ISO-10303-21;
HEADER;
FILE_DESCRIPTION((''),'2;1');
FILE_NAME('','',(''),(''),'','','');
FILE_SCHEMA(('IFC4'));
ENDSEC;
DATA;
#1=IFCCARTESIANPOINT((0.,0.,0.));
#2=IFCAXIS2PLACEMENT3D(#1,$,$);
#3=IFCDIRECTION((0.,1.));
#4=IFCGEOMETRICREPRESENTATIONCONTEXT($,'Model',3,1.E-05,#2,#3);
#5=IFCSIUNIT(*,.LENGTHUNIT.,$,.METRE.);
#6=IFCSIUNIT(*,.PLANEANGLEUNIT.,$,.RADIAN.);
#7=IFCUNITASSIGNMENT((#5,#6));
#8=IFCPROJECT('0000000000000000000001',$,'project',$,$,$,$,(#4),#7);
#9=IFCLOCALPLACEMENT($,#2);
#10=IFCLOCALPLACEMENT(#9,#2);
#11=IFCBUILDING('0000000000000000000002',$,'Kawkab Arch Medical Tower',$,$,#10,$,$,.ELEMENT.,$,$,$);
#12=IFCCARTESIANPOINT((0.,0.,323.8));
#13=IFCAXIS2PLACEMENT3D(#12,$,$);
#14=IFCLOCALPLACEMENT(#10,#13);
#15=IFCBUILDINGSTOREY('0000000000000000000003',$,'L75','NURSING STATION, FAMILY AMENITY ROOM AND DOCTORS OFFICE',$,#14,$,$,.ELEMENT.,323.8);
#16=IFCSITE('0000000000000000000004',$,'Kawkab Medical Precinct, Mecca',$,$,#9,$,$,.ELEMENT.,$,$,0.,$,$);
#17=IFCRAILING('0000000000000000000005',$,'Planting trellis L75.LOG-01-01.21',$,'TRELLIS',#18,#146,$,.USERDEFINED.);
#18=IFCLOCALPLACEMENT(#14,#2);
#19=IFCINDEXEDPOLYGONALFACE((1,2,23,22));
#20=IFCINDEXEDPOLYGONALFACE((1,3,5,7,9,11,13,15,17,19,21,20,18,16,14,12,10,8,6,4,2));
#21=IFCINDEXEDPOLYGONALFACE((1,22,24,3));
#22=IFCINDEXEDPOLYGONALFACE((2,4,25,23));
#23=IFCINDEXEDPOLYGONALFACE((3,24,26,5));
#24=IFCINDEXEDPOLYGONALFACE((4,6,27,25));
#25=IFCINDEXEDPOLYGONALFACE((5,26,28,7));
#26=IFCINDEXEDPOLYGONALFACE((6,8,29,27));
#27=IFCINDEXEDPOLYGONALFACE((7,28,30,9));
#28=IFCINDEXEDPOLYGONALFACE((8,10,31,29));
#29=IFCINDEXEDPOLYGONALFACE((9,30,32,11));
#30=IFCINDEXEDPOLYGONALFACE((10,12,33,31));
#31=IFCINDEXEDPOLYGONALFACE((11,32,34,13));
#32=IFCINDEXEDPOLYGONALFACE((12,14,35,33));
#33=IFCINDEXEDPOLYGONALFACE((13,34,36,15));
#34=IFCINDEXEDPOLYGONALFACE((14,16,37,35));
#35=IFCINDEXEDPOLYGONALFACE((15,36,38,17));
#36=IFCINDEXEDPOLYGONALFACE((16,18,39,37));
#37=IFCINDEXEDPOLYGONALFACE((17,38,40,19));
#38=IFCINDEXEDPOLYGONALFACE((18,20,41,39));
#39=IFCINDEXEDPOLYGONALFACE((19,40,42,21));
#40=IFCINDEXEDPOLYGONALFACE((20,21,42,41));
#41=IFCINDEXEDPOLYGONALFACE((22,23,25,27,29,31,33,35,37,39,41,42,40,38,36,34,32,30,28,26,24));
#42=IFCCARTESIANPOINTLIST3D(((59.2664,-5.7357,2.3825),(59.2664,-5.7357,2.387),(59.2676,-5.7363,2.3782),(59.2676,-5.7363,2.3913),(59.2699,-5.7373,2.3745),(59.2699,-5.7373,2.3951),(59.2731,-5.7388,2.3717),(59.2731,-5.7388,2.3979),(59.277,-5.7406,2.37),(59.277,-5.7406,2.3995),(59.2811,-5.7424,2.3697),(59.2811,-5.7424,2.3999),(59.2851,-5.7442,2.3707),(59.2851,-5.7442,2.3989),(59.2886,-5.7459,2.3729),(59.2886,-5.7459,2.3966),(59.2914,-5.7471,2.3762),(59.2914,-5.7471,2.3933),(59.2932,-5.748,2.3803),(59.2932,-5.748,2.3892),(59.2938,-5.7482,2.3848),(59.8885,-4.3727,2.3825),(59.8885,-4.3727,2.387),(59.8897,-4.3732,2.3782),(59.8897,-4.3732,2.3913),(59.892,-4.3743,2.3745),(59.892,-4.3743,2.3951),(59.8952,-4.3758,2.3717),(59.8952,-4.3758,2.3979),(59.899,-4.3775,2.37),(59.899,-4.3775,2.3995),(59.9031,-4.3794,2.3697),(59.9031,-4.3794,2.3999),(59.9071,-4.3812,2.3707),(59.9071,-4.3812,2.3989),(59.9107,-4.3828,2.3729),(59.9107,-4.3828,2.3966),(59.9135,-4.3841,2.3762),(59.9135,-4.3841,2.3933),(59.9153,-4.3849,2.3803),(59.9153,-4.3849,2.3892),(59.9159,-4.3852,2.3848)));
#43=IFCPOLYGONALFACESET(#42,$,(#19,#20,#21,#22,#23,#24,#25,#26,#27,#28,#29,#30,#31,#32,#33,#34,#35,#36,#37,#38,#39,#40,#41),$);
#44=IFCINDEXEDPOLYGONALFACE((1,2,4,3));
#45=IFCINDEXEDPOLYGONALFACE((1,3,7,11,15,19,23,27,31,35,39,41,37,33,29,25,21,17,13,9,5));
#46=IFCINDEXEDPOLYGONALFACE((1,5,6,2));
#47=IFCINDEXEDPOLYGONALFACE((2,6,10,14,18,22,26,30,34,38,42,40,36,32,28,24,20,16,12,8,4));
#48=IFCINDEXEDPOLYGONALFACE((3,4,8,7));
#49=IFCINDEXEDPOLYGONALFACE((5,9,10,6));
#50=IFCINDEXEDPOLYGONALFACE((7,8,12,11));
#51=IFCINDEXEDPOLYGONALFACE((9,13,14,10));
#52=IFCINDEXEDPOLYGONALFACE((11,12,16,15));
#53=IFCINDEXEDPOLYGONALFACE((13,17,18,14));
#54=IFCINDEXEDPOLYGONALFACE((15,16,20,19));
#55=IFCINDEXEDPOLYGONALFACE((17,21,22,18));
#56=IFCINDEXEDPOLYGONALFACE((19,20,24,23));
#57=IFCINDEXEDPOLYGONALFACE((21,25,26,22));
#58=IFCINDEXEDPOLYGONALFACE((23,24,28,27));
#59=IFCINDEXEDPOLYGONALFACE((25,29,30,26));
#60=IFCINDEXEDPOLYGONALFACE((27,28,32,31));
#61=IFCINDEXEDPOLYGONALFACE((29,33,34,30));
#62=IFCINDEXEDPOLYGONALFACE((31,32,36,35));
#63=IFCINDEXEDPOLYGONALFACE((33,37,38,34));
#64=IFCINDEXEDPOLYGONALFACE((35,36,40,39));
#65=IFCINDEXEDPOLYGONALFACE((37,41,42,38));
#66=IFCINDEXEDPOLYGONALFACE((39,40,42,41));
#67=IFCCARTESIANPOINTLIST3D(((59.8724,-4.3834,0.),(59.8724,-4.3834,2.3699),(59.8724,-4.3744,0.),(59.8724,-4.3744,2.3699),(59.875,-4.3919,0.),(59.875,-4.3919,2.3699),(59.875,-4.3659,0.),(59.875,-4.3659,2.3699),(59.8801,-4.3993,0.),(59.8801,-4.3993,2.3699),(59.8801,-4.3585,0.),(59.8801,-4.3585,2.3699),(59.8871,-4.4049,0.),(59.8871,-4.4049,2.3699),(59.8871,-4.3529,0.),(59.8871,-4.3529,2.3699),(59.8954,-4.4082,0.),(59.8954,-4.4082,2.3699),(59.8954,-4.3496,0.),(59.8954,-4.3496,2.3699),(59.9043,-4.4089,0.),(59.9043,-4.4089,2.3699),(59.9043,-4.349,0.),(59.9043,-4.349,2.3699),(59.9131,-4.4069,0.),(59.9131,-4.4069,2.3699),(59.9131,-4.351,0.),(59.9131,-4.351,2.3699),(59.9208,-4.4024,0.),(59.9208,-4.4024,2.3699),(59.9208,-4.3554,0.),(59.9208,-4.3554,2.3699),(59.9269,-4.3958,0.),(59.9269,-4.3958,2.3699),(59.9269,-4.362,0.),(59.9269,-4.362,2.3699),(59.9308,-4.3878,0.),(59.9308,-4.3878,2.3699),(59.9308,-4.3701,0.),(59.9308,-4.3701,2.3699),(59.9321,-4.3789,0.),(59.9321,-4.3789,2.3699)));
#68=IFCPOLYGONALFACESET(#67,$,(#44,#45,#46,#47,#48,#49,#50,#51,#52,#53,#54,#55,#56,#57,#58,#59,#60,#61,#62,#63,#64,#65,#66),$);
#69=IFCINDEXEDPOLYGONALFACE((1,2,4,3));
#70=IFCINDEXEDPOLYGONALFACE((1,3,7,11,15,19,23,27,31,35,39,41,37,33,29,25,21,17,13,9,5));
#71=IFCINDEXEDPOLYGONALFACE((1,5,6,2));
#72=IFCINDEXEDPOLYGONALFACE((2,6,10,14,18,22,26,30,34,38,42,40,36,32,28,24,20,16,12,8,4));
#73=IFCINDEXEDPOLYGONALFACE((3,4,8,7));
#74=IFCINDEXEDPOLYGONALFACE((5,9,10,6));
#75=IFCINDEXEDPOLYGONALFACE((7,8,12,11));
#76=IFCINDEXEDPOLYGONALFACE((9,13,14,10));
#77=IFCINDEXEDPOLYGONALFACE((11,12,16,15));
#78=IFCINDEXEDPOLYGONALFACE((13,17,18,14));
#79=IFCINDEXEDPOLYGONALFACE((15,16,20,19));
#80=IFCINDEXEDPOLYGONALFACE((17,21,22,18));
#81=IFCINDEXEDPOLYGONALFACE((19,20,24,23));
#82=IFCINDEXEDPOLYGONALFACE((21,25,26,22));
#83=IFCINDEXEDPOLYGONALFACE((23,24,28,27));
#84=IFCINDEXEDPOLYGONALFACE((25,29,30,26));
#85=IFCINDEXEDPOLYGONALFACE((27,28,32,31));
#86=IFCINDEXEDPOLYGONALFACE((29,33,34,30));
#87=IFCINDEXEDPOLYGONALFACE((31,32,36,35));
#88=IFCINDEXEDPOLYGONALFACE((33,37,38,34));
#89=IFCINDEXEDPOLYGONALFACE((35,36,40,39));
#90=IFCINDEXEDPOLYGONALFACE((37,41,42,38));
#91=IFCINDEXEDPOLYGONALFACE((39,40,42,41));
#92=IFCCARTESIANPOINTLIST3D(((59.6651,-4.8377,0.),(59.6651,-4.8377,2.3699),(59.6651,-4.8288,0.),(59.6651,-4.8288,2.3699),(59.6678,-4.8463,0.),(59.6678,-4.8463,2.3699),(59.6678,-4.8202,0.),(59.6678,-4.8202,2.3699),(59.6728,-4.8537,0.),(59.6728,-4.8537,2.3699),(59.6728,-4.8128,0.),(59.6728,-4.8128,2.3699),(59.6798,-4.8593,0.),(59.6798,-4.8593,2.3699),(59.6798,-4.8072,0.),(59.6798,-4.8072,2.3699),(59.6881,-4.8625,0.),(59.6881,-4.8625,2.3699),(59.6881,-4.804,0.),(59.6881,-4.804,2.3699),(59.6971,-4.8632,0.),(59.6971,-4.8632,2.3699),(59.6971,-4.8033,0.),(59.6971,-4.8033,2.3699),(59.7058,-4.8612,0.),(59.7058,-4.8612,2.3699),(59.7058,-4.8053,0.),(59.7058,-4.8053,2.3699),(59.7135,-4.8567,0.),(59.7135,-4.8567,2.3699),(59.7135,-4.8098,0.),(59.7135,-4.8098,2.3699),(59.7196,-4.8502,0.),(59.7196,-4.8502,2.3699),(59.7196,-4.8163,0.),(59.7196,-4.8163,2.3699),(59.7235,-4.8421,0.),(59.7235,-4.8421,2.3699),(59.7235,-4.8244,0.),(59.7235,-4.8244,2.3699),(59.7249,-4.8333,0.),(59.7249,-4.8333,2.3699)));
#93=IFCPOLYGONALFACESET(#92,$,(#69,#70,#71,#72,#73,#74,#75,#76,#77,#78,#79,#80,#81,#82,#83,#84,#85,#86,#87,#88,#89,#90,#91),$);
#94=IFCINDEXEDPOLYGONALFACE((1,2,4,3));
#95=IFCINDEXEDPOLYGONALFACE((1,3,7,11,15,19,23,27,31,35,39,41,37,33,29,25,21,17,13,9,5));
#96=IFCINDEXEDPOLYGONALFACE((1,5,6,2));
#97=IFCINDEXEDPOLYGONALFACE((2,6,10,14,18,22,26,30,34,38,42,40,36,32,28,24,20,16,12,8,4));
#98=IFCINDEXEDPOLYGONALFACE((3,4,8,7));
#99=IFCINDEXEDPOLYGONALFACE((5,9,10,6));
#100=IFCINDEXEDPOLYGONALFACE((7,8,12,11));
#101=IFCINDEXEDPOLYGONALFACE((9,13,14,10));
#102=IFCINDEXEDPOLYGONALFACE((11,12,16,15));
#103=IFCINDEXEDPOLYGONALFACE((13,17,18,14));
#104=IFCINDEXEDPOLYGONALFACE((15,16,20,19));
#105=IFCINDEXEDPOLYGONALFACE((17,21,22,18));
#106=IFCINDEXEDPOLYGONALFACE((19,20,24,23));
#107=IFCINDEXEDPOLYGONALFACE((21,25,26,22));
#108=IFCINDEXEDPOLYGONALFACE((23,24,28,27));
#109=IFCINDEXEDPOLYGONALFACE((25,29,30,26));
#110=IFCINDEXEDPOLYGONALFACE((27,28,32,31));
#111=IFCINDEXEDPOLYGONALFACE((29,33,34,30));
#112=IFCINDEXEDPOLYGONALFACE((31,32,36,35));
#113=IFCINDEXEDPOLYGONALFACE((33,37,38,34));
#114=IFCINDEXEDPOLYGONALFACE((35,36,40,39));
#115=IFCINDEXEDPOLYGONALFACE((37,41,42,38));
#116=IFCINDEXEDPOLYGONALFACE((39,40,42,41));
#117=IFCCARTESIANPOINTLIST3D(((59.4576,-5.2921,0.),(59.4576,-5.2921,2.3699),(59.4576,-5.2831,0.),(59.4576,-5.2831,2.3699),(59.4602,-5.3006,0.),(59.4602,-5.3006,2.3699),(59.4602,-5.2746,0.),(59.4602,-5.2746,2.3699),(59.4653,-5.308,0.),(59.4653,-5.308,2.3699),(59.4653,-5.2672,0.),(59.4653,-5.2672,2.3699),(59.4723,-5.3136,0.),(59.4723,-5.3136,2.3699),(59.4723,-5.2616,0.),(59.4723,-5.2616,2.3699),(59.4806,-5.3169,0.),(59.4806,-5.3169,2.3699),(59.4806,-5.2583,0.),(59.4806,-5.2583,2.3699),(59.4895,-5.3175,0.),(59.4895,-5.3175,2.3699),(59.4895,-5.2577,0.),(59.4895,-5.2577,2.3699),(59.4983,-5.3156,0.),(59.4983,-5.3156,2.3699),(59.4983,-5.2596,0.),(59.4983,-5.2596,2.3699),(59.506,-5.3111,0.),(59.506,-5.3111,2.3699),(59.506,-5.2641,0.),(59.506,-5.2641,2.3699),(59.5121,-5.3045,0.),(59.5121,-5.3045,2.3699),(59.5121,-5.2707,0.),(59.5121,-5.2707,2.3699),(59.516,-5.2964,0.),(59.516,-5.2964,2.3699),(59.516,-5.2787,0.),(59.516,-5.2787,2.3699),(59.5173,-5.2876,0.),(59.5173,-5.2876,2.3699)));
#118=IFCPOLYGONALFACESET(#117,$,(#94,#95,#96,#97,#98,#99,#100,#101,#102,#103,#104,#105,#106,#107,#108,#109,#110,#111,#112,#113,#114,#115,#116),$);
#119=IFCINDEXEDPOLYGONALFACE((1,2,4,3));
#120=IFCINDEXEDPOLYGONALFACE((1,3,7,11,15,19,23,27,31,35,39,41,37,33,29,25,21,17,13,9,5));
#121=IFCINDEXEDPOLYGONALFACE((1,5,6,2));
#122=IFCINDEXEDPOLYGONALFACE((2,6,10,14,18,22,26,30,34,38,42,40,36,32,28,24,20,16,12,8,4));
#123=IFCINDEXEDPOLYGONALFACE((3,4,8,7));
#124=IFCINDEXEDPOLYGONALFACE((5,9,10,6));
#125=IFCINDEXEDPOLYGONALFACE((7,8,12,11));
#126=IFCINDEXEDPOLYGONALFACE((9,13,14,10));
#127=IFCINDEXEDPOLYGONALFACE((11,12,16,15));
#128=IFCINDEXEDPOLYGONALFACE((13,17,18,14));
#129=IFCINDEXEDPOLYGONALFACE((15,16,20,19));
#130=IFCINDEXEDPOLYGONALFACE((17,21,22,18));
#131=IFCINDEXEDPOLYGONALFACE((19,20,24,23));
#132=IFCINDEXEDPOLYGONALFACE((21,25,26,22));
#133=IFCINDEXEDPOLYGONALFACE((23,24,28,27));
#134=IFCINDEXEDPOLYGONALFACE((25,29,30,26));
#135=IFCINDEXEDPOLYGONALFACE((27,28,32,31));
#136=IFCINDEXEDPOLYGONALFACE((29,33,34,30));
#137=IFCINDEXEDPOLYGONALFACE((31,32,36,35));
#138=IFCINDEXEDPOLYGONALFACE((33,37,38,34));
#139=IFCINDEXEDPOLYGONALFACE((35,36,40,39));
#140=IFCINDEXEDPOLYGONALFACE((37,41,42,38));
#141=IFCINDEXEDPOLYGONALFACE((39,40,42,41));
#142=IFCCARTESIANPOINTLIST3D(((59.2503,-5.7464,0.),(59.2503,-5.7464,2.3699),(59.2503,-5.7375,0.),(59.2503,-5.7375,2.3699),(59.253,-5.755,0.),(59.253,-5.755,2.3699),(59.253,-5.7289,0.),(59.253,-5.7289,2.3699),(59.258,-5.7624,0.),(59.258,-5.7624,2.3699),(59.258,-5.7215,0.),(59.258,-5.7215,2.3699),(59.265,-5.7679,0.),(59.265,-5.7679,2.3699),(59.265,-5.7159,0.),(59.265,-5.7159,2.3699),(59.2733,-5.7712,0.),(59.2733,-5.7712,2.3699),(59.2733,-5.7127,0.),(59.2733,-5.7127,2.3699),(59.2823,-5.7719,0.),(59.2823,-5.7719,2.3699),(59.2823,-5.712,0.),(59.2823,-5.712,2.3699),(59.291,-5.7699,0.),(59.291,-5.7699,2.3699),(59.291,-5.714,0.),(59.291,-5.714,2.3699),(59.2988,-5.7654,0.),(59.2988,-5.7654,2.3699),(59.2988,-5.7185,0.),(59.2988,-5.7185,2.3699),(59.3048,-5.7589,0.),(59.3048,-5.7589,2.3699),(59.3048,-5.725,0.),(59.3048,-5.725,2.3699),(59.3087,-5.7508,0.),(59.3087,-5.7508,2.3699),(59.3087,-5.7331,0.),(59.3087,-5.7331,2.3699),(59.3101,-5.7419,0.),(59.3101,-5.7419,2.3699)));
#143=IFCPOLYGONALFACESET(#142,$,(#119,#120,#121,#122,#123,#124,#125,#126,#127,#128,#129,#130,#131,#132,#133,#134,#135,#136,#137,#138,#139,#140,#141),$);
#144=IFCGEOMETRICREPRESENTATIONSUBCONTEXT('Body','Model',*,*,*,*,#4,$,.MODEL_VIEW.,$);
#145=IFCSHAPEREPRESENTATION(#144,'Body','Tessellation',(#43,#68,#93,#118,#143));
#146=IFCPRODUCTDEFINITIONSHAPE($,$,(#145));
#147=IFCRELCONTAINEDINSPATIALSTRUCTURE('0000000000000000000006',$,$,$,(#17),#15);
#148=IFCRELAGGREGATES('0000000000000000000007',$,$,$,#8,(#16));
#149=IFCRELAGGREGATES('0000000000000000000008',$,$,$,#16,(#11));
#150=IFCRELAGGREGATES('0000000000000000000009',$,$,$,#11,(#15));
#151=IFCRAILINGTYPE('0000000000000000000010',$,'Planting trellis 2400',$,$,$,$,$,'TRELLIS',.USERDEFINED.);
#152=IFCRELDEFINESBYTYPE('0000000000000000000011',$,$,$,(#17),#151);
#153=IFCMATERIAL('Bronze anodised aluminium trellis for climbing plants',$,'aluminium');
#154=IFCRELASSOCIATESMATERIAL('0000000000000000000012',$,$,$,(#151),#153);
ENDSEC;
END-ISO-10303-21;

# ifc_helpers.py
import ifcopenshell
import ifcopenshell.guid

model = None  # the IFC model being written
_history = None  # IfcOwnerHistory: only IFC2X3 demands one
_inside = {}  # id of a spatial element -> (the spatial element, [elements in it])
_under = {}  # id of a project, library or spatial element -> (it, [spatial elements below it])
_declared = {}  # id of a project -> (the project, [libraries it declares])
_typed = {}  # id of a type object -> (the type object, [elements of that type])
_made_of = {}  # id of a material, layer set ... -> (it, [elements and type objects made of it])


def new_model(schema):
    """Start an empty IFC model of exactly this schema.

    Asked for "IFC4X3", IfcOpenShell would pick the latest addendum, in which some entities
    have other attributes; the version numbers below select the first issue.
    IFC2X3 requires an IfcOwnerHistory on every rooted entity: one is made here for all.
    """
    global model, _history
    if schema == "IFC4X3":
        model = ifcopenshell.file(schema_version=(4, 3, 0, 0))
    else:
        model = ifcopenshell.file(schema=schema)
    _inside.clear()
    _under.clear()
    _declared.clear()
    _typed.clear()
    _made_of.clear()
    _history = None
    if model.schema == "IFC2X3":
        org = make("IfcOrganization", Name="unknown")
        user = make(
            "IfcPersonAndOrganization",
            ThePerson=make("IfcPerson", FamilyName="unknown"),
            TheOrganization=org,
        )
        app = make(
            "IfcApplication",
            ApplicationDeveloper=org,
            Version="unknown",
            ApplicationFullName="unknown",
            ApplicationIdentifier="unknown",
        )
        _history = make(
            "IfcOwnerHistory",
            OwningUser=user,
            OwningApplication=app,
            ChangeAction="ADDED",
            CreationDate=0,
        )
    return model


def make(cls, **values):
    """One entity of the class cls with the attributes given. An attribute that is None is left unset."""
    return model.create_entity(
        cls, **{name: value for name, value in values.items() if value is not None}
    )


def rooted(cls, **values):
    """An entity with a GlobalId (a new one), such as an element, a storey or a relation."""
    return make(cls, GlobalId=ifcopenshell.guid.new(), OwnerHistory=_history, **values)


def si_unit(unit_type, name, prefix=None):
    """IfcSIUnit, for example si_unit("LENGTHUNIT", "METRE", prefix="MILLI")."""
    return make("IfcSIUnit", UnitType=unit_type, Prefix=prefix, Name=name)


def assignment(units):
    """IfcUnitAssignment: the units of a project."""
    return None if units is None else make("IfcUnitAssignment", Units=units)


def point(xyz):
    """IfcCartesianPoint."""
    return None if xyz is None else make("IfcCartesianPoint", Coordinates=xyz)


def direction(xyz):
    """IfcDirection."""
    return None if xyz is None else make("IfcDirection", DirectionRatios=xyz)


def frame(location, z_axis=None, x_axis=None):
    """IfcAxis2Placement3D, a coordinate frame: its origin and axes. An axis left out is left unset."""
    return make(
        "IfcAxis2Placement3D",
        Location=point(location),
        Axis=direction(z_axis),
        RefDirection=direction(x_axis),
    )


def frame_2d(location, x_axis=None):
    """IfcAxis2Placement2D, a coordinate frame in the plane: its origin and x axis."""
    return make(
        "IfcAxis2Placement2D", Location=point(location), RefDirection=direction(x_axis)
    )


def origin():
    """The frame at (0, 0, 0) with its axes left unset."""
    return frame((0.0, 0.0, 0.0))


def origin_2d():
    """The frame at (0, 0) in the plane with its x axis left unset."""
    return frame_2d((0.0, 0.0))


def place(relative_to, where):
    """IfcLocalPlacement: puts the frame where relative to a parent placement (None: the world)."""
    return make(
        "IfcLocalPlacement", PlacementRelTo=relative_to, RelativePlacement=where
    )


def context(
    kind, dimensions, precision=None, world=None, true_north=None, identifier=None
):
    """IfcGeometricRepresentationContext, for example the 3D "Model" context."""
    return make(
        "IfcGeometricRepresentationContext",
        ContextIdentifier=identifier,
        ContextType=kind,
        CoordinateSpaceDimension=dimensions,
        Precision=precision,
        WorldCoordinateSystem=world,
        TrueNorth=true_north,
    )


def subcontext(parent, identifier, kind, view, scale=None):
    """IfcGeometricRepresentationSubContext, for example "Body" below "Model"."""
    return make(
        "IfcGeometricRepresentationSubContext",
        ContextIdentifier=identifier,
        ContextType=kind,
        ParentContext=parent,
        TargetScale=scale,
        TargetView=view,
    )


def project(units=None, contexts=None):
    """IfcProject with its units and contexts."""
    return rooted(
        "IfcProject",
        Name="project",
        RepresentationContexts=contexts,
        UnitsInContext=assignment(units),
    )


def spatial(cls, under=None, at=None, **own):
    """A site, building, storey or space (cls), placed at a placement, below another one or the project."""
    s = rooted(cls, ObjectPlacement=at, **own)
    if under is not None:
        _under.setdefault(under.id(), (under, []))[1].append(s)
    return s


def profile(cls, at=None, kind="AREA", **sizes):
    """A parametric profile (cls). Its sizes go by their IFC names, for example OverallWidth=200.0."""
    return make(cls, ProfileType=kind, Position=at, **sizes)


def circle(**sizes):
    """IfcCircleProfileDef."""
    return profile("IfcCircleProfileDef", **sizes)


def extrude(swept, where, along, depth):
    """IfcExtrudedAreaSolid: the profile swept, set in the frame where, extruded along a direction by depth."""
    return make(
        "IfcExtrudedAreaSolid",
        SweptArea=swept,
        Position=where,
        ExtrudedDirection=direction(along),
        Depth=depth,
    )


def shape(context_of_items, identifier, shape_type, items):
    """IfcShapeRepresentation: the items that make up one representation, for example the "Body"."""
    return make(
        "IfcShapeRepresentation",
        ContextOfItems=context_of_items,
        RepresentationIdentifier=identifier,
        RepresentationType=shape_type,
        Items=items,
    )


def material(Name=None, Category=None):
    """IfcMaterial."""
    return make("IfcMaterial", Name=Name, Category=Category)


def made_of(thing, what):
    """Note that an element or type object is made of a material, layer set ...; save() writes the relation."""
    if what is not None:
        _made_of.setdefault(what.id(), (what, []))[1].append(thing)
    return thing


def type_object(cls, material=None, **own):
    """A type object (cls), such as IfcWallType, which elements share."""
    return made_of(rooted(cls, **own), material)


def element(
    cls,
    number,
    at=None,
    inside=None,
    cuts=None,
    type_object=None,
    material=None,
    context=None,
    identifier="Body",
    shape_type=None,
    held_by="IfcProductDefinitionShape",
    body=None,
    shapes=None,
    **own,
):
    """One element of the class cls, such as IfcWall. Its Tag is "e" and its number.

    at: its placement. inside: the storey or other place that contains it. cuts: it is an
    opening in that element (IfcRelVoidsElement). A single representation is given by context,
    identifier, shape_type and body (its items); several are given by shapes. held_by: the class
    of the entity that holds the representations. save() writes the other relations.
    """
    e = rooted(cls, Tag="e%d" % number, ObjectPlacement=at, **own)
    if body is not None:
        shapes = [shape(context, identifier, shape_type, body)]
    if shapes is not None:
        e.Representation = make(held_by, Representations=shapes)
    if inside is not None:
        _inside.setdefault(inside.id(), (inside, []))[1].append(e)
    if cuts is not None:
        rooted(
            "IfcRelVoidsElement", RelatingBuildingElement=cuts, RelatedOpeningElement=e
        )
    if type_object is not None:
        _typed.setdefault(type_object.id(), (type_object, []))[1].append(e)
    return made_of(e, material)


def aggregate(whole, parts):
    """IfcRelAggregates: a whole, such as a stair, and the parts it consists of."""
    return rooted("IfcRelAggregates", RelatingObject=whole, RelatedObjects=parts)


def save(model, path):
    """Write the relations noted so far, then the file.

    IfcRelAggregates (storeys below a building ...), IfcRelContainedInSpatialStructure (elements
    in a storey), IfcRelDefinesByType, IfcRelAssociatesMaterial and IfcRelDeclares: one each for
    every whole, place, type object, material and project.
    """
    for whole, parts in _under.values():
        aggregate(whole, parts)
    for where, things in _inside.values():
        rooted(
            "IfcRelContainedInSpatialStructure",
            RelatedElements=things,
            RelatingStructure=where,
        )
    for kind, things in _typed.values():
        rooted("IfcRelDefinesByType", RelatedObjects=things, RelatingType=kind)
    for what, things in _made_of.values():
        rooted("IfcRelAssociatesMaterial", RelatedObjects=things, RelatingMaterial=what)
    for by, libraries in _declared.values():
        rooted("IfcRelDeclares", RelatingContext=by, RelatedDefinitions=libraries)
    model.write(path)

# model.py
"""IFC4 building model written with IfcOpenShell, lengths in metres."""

from ifc_helpers import new_model, si_unit, direction, frame, origin, origin_2d, place, context, subcontext, project, spatial, circle, extrude, material, type_object, element, save


model = new_model("IFC4")

# Units and contexts
model_context = context("Model", 3, precision=1e-05, world=origin(), true_north=direction((0.0, 1.0)))
body_context = subcontext(model_context, "Body", "Model", "MODEL_VIEW")
ifc_project = project(units=[si_unit("LENGTHUNIT", "METRE"), si_unit("PLANEANGLEUNIT", "RADIAN")], contexts=[model_context])

# Site, building, storey
site_placement = place(None, origin())
site = spatial("IfcSite", under=ifc_project, at=site_placement, Name="Kawkab Medical Precinct, Mecca", CompositionType="ELEMENT", RefElevation=0.0)
building_placement = place(site_placement, origin())
building = spatial("IfcBuilding", under=site, at=building_placement, Name="Kawkab Arch Medical Tower", CompositionType="ELEMENT")
storey_placement = place(building_placement, frame((0.0, 0.0, 323.8)))
storey = spatial("IfcBuildingStorey", under=building, at=storey_placement, Name="L75", Description="NURSING STATION, FAMILY AMENITY ROOM AND DOCTORS OFFICE", CompositionType="ELEMENT", Elevation=323.8)

# Railing
ifc_material_1 = material(Name="Bronze anodised aluminium trellis for climbing plants", Category="aluminium")
railing_type = type_object("IfcRailingType", Name="Planting trellis 2400", ElementType="TRELLIS", PredefinedType="USERDEFINED", material=ifc_material_1)
railing_1_placement = place(storey_placement, frame((59.9021, -4.3789, 0.0)))
element("IfcRailing", 1, at=railing_1_placement, inside=storey, type_object=railing_type, Name="Planting trellis L75.LOG-01-01.21", ObjectType="TRELLIS", PredefinedType="USERDEFINED", context=body_context, shape_type="SweptSolid", body=[
    extrude(circle(Radius=0.0151, at=origin_2d()), frame((0.0, 0.0, 2.3848), z_axis=(-0.41519, -0.909735, 0.0), x_axis=(0.909735, -0.41519, 0.0)), (0.0, 0.0, 1.0), 1.4983),
    extrude(circle(Radius=0.03, at=origin_2d()), origin(), (0.0, 0.0, 1.0), 2.3699),
    extrude(circle(Radius=0.03, at=origin_2d()), frame((-0.2073, -0.4543, 0.0)), (0.0, 0.0, 1.0), 2.3699),
    extrude(circle(Radius=0.03, at=origin_2d()), frame((-0.4148, -0.9087, 0.0)), (0.0, 0.0, 1.0), 2.3699),
    extrude(circle(Radius=0.03, at=origin_2d()), frame((-0.6221, -1.363, 0.0)), (0.0, 0.0, 1.0), 2.3699),
])

save(model, "model.ifc")
